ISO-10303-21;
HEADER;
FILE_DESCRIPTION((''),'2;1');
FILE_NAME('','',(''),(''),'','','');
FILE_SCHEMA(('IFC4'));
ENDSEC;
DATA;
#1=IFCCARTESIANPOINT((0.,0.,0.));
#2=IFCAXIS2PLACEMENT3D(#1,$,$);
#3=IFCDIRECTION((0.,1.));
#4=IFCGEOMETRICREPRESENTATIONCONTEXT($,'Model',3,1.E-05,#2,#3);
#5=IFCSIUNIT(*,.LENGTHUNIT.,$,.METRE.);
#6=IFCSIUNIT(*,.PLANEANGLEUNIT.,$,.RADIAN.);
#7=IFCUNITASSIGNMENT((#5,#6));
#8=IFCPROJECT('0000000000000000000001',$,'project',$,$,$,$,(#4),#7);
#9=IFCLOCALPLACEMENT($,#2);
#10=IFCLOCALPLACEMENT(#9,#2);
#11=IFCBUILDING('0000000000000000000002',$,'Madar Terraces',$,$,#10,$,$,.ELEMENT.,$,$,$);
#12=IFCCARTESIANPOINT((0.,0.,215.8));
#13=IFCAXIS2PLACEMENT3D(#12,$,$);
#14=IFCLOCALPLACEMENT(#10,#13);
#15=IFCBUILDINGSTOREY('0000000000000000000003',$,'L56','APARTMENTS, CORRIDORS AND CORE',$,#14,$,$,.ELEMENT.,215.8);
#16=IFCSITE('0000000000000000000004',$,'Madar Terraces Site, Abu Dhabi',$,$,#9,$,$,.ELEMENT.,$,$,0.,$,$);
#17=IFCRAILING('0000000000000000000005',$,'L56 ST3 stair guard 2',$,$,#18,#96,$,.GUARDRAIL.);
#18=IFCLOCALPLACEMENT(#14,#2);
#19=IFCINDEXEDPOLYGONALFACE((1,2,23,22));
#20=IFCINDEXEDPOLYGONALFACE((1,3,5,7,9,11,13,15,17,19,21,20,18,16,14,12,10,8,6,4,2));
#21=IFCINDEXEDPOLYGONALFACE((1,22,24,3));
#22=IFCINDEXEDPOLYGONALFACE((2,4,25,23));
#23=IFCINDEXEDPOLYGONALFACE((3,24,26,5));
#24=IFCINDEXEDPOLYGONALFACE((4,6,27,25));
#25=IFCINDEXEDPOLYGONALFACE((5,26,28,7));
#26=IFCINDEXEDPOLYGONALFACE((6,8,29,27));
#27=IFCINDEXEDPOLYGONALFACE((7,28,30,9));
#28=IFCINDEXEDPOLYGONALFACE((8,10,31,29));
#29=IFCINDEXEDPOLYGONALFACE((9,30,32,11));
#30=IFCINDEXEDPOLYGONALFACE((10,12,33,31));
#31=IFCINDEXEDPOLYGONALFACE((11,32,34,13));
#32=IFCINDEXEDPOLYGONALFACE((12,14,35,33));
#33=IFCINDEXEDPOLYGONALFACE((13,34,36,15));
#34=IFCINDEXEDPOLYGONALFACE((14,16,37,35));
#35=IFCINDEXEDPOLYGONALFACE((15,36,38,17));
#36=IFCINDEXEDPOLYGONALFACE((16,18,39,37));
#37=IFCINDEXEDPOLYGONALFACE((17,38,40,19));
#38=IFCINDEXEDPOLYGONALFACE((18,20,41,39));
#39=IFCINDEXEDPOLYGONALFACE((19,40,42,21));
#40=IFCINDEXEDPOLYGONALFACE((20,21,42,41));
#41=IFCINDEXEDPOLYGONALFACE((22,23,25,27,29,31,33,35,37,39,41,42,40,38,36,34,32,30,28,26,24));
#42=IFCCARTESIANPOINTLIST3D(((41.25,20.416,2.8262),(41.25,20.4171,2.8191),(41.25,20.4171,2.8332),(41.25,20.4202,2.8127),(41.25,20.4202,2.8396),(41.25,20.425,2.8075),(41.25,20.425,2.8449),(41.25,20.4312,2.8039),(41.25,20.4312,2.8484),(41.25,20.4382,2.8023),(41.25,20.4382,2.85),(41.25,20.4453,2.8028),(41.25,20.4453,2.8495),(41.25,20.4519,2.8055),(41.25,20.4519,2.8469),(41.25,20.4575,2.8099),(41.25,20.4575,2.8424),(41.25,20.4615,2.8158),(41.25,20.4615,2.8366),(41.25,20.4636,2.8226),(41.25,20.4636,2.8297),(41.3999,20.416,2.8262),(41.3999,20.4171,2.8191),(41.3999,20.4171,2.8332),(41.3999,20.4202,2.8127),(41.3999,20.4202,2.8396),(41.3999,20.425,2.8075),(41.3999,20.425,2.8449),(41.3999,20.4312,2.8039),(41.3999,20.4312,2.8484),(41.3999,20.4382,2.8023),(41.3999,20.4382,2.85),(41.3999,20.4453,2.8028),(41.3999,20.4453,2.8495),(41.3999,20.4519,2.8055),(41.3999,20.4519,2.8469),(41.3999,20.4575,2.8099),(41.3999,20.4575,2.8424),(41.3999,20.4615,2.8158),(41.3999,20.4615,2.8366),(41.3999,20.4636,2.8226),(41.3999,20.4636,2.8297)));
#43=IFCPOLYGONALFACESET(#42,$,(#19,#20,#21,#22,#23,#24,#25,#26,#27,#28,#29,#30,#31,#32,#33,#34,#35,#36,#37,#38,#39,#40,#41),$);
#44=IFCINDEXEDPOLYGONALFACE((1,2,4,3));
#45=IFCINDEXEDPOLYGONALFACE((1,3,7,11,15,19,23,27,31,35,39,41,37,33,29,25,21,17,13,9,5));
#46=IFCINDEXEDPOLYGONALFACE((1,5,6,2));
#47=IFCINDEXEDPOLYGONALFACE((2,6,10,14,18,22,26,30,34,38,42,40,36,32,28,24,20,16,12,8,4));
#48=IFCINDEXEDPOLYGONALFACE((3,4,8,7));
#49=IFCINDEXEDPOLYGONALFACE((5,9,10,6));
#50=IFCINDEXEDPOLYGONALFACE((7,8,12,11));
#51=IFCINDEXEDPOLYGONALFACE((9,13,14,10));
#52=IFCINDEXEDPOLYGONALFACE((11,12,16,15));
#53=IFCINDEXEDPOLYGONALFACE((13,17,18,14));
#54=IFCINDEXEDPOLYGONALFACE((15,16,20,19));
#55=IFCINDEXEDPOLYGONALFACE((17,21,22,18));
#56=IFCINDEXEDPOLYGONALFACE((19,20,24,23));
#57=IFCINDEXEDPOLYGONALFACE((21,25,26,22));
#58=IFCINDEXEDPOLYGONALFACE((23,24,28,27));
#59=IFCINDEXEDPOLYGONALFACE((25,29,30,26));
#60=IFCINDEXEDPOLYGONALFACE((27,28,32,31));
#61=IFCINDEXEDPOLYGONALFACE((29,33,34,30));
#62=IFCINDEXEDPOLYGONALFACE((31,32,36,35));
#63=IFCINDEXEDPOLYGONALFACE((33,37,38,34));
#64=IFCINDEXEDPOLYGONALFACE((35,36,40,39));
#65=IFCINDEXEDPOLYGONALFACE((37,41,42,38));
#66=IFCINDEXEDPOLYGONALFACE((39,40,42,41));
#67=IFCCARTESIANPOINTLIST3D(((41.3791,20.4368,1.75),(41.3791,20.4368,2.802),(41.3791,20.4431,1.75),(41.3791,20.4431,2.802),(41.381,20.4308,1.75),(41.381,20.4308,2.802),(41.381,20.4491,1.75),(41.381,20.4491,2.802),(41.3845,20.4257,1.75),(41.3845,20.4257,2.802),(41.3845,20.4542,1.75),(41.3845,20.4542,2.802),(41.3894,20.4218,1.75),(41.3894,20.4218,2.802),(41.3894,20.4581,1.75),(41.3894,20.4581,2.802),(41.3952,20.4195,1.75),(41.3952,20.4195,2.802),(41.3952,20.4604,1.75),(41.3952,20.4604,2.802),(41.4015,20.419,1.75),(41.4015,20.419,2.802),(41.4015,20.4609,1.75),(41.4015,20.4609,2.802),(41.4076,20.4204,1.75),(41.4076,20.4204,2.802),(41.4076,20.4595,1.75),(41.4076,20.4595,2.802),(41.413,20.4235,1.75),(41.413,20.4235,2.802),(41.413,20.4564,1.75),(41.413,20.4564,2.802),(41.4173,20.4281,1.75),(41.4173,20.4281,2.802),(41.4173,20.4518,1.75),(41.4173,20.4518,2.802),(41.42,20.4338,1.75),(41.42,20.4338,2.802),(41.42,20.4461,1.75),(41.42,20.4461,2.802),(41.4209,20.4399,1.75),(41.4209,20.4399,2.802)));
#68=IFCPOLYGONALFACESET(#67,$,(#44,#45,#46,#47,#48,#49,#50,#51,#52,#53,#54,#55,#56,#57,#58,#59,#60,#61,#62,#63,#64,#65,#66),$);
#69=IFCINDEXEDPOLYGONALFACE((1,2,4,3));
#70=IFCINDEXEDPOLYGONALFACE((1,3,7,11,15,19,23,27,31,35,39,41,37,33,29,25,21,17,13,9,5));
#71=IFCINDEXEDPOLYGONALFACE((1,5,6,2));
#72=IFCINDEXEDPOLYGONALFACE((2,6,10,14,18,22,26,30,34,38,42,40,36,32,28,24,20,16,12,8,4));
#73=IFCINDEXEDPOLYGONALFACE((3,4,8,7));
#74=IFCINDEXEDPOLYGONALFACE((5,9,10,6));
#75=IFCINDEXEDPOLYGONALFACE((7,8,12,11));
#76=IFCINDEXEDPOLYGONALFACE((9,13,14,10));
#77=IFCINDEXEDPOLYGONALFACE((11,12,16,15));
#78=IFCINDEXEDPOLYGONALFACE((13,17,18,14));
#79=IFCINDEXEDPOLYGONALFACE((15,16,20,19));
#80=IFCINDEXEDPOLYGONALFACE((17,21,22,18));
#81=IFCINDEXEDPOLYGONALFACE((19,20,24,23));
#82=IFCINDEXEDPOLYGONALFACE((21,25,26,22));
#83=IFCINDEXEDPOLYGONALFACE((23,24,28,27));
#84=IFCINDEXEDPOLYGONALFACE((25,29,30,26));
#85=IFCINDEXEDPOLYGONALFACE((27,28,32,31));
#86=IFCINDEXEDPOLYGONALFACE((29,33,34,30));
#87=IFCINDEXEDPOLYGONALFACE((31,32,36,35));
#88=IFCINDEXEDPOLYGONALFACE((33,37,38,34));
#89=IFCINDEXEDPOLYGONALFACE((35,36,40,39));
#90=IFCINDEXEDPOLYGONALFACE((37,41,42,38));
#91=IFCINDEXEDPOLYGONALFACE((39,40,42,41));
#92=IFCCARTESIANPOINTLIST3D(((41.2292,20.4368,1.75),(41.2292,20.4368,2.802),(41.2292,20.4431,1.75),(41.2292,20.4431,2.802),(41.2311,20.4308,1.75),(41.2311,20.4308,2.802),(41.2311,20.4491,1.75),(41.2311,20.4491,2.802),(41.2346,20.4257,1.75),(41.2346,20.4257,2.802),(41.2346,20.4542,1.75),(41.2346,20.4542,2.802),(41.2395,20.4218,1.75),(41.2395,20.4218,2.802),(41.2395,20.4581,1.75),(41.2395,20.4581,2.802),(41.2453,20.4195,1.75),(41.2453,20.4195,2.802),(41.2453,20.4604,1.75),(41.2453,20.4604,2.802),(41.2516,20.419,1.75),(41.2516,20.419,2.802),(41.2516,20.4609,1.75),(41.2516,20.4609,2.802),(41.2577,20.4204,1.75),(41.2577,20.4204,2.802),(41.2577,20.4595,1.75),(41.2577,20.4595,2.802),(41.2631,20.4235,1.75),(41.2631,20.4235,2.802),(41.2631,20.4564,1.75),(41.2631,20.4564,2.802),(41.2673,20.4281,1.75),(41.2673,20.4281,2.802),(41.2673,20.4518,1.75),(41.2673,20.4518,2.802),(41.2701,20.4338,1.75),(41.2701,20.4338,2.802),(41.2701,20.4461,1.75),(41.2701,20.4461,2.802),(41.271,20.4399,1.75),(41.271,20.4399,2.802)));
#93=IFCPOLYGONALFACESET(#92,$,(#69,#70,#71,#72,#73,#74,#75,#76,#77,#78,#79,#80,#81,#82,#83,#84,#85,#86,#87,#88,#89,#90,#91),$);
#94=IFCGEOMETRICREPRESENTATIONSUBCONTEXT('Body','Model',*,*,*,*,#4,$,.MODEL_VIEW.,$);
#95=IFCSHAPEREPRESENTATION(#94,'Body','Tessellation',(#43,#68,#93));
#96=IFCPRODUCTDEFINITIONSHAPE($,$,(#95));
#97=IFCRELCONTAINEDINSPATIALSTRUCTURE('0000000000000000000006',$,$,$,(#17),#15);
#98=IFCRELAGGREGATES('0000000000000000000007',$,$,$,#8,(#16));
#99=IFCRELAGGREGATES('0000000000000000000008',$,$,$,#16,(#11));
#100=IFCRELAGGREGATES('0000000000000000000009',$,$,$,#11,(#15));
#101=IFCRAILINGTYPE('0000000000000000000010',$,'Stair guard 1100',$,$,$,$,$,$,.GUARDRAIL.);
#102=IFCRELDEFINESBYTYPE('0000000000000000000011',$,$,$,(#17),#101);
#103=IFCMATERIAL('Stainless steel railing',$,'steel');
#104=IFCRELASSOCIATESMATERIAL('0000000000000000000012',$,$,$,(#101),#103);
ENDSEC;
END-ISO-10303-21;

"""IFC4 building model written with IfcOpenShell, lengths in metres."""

from ifc_helpers import new_model, si_unit, direction, frame, origin, origin_2d, place, context, subcontext, project, spatial, circle, extrude, material, type_object, element, save


model = new_model("IFC4")

# Units and contexts
model_context = context("Model", 3, precision=1e-05, world=origin(), true_north=direction((0.0, 1.0)))
body_context = subcontext(model_context, "Body", "Model", "MODEL_VIEW")
ifc_project = project(units=[si_unit("LENGTHUNIT", "METRE"), si_unit("PLANEANGLEUNIT", "RADIAN")], contexts=[model_context])

# Site, building, storey
site_placement = place(None, origin())
site = spatial("IfcSite", under=ifc_project, at=site_placement, Name="Madar Terraces Site, Abu Dhabi", CompositionType="ELEMENT", RefElevation=0.0)
building_placement = place(site_placement, origin())
building = spatial("IfcBuilding", under=site, at=building_placement, Name="Madar Terraces", CompositionType="ELEMENT")
storey_placement = place(building_placement, frame((0.0, 0.0, 215.8)))
storey = spatial("IfcBuildingStorey", under=building, at=storey_placement, Name="L56", Description="APARTMENTS, CORRIDORS AND CORE", CompositionType="ELEMENT", Elevation=215.8)

# Railing
ifc_material_1 = material(Name="Stainless steel railing", Category="steel")
railing_type_1 = type_object("IfcRailingType", Name="Stair guard 1100", PredefinedType="GUARDRAIL", material=ifc_material_1)
railing_1_placement = place(storey_placement, frame((41.3999, 20.4399, 1.75)))
element("IfcRailing", 1, at=railing_1_placement, inside=storey, type_object=railing_type_1, Name="L56 ST3 stair guard 2", PredefinedType="GUARDRAIL", context=body_context, shape_type="SweptSolid", body=[
    extrude(circle(Radius=0.0239, at=origin_2d()), frame((0.0, 0.0, 1.0762), z_axis=(-1.0, 0.0, 0.0), x_axis=(0.0, -1.0, 0.0)), (0.0, 0.0, 1.0), 0.1499),
    extrude(circle(Radius=0.021, at=origin_2d()), origin(), (0.0, 0.0, 1.0), 1.052),
    extrude(circle(Radius=0.021, at=origin_2d()), frame((-0.1499, 0.0, 0.0)), (0.0, 0.0, 1.0), 1.052),
])

save(model, "model.ifc")
